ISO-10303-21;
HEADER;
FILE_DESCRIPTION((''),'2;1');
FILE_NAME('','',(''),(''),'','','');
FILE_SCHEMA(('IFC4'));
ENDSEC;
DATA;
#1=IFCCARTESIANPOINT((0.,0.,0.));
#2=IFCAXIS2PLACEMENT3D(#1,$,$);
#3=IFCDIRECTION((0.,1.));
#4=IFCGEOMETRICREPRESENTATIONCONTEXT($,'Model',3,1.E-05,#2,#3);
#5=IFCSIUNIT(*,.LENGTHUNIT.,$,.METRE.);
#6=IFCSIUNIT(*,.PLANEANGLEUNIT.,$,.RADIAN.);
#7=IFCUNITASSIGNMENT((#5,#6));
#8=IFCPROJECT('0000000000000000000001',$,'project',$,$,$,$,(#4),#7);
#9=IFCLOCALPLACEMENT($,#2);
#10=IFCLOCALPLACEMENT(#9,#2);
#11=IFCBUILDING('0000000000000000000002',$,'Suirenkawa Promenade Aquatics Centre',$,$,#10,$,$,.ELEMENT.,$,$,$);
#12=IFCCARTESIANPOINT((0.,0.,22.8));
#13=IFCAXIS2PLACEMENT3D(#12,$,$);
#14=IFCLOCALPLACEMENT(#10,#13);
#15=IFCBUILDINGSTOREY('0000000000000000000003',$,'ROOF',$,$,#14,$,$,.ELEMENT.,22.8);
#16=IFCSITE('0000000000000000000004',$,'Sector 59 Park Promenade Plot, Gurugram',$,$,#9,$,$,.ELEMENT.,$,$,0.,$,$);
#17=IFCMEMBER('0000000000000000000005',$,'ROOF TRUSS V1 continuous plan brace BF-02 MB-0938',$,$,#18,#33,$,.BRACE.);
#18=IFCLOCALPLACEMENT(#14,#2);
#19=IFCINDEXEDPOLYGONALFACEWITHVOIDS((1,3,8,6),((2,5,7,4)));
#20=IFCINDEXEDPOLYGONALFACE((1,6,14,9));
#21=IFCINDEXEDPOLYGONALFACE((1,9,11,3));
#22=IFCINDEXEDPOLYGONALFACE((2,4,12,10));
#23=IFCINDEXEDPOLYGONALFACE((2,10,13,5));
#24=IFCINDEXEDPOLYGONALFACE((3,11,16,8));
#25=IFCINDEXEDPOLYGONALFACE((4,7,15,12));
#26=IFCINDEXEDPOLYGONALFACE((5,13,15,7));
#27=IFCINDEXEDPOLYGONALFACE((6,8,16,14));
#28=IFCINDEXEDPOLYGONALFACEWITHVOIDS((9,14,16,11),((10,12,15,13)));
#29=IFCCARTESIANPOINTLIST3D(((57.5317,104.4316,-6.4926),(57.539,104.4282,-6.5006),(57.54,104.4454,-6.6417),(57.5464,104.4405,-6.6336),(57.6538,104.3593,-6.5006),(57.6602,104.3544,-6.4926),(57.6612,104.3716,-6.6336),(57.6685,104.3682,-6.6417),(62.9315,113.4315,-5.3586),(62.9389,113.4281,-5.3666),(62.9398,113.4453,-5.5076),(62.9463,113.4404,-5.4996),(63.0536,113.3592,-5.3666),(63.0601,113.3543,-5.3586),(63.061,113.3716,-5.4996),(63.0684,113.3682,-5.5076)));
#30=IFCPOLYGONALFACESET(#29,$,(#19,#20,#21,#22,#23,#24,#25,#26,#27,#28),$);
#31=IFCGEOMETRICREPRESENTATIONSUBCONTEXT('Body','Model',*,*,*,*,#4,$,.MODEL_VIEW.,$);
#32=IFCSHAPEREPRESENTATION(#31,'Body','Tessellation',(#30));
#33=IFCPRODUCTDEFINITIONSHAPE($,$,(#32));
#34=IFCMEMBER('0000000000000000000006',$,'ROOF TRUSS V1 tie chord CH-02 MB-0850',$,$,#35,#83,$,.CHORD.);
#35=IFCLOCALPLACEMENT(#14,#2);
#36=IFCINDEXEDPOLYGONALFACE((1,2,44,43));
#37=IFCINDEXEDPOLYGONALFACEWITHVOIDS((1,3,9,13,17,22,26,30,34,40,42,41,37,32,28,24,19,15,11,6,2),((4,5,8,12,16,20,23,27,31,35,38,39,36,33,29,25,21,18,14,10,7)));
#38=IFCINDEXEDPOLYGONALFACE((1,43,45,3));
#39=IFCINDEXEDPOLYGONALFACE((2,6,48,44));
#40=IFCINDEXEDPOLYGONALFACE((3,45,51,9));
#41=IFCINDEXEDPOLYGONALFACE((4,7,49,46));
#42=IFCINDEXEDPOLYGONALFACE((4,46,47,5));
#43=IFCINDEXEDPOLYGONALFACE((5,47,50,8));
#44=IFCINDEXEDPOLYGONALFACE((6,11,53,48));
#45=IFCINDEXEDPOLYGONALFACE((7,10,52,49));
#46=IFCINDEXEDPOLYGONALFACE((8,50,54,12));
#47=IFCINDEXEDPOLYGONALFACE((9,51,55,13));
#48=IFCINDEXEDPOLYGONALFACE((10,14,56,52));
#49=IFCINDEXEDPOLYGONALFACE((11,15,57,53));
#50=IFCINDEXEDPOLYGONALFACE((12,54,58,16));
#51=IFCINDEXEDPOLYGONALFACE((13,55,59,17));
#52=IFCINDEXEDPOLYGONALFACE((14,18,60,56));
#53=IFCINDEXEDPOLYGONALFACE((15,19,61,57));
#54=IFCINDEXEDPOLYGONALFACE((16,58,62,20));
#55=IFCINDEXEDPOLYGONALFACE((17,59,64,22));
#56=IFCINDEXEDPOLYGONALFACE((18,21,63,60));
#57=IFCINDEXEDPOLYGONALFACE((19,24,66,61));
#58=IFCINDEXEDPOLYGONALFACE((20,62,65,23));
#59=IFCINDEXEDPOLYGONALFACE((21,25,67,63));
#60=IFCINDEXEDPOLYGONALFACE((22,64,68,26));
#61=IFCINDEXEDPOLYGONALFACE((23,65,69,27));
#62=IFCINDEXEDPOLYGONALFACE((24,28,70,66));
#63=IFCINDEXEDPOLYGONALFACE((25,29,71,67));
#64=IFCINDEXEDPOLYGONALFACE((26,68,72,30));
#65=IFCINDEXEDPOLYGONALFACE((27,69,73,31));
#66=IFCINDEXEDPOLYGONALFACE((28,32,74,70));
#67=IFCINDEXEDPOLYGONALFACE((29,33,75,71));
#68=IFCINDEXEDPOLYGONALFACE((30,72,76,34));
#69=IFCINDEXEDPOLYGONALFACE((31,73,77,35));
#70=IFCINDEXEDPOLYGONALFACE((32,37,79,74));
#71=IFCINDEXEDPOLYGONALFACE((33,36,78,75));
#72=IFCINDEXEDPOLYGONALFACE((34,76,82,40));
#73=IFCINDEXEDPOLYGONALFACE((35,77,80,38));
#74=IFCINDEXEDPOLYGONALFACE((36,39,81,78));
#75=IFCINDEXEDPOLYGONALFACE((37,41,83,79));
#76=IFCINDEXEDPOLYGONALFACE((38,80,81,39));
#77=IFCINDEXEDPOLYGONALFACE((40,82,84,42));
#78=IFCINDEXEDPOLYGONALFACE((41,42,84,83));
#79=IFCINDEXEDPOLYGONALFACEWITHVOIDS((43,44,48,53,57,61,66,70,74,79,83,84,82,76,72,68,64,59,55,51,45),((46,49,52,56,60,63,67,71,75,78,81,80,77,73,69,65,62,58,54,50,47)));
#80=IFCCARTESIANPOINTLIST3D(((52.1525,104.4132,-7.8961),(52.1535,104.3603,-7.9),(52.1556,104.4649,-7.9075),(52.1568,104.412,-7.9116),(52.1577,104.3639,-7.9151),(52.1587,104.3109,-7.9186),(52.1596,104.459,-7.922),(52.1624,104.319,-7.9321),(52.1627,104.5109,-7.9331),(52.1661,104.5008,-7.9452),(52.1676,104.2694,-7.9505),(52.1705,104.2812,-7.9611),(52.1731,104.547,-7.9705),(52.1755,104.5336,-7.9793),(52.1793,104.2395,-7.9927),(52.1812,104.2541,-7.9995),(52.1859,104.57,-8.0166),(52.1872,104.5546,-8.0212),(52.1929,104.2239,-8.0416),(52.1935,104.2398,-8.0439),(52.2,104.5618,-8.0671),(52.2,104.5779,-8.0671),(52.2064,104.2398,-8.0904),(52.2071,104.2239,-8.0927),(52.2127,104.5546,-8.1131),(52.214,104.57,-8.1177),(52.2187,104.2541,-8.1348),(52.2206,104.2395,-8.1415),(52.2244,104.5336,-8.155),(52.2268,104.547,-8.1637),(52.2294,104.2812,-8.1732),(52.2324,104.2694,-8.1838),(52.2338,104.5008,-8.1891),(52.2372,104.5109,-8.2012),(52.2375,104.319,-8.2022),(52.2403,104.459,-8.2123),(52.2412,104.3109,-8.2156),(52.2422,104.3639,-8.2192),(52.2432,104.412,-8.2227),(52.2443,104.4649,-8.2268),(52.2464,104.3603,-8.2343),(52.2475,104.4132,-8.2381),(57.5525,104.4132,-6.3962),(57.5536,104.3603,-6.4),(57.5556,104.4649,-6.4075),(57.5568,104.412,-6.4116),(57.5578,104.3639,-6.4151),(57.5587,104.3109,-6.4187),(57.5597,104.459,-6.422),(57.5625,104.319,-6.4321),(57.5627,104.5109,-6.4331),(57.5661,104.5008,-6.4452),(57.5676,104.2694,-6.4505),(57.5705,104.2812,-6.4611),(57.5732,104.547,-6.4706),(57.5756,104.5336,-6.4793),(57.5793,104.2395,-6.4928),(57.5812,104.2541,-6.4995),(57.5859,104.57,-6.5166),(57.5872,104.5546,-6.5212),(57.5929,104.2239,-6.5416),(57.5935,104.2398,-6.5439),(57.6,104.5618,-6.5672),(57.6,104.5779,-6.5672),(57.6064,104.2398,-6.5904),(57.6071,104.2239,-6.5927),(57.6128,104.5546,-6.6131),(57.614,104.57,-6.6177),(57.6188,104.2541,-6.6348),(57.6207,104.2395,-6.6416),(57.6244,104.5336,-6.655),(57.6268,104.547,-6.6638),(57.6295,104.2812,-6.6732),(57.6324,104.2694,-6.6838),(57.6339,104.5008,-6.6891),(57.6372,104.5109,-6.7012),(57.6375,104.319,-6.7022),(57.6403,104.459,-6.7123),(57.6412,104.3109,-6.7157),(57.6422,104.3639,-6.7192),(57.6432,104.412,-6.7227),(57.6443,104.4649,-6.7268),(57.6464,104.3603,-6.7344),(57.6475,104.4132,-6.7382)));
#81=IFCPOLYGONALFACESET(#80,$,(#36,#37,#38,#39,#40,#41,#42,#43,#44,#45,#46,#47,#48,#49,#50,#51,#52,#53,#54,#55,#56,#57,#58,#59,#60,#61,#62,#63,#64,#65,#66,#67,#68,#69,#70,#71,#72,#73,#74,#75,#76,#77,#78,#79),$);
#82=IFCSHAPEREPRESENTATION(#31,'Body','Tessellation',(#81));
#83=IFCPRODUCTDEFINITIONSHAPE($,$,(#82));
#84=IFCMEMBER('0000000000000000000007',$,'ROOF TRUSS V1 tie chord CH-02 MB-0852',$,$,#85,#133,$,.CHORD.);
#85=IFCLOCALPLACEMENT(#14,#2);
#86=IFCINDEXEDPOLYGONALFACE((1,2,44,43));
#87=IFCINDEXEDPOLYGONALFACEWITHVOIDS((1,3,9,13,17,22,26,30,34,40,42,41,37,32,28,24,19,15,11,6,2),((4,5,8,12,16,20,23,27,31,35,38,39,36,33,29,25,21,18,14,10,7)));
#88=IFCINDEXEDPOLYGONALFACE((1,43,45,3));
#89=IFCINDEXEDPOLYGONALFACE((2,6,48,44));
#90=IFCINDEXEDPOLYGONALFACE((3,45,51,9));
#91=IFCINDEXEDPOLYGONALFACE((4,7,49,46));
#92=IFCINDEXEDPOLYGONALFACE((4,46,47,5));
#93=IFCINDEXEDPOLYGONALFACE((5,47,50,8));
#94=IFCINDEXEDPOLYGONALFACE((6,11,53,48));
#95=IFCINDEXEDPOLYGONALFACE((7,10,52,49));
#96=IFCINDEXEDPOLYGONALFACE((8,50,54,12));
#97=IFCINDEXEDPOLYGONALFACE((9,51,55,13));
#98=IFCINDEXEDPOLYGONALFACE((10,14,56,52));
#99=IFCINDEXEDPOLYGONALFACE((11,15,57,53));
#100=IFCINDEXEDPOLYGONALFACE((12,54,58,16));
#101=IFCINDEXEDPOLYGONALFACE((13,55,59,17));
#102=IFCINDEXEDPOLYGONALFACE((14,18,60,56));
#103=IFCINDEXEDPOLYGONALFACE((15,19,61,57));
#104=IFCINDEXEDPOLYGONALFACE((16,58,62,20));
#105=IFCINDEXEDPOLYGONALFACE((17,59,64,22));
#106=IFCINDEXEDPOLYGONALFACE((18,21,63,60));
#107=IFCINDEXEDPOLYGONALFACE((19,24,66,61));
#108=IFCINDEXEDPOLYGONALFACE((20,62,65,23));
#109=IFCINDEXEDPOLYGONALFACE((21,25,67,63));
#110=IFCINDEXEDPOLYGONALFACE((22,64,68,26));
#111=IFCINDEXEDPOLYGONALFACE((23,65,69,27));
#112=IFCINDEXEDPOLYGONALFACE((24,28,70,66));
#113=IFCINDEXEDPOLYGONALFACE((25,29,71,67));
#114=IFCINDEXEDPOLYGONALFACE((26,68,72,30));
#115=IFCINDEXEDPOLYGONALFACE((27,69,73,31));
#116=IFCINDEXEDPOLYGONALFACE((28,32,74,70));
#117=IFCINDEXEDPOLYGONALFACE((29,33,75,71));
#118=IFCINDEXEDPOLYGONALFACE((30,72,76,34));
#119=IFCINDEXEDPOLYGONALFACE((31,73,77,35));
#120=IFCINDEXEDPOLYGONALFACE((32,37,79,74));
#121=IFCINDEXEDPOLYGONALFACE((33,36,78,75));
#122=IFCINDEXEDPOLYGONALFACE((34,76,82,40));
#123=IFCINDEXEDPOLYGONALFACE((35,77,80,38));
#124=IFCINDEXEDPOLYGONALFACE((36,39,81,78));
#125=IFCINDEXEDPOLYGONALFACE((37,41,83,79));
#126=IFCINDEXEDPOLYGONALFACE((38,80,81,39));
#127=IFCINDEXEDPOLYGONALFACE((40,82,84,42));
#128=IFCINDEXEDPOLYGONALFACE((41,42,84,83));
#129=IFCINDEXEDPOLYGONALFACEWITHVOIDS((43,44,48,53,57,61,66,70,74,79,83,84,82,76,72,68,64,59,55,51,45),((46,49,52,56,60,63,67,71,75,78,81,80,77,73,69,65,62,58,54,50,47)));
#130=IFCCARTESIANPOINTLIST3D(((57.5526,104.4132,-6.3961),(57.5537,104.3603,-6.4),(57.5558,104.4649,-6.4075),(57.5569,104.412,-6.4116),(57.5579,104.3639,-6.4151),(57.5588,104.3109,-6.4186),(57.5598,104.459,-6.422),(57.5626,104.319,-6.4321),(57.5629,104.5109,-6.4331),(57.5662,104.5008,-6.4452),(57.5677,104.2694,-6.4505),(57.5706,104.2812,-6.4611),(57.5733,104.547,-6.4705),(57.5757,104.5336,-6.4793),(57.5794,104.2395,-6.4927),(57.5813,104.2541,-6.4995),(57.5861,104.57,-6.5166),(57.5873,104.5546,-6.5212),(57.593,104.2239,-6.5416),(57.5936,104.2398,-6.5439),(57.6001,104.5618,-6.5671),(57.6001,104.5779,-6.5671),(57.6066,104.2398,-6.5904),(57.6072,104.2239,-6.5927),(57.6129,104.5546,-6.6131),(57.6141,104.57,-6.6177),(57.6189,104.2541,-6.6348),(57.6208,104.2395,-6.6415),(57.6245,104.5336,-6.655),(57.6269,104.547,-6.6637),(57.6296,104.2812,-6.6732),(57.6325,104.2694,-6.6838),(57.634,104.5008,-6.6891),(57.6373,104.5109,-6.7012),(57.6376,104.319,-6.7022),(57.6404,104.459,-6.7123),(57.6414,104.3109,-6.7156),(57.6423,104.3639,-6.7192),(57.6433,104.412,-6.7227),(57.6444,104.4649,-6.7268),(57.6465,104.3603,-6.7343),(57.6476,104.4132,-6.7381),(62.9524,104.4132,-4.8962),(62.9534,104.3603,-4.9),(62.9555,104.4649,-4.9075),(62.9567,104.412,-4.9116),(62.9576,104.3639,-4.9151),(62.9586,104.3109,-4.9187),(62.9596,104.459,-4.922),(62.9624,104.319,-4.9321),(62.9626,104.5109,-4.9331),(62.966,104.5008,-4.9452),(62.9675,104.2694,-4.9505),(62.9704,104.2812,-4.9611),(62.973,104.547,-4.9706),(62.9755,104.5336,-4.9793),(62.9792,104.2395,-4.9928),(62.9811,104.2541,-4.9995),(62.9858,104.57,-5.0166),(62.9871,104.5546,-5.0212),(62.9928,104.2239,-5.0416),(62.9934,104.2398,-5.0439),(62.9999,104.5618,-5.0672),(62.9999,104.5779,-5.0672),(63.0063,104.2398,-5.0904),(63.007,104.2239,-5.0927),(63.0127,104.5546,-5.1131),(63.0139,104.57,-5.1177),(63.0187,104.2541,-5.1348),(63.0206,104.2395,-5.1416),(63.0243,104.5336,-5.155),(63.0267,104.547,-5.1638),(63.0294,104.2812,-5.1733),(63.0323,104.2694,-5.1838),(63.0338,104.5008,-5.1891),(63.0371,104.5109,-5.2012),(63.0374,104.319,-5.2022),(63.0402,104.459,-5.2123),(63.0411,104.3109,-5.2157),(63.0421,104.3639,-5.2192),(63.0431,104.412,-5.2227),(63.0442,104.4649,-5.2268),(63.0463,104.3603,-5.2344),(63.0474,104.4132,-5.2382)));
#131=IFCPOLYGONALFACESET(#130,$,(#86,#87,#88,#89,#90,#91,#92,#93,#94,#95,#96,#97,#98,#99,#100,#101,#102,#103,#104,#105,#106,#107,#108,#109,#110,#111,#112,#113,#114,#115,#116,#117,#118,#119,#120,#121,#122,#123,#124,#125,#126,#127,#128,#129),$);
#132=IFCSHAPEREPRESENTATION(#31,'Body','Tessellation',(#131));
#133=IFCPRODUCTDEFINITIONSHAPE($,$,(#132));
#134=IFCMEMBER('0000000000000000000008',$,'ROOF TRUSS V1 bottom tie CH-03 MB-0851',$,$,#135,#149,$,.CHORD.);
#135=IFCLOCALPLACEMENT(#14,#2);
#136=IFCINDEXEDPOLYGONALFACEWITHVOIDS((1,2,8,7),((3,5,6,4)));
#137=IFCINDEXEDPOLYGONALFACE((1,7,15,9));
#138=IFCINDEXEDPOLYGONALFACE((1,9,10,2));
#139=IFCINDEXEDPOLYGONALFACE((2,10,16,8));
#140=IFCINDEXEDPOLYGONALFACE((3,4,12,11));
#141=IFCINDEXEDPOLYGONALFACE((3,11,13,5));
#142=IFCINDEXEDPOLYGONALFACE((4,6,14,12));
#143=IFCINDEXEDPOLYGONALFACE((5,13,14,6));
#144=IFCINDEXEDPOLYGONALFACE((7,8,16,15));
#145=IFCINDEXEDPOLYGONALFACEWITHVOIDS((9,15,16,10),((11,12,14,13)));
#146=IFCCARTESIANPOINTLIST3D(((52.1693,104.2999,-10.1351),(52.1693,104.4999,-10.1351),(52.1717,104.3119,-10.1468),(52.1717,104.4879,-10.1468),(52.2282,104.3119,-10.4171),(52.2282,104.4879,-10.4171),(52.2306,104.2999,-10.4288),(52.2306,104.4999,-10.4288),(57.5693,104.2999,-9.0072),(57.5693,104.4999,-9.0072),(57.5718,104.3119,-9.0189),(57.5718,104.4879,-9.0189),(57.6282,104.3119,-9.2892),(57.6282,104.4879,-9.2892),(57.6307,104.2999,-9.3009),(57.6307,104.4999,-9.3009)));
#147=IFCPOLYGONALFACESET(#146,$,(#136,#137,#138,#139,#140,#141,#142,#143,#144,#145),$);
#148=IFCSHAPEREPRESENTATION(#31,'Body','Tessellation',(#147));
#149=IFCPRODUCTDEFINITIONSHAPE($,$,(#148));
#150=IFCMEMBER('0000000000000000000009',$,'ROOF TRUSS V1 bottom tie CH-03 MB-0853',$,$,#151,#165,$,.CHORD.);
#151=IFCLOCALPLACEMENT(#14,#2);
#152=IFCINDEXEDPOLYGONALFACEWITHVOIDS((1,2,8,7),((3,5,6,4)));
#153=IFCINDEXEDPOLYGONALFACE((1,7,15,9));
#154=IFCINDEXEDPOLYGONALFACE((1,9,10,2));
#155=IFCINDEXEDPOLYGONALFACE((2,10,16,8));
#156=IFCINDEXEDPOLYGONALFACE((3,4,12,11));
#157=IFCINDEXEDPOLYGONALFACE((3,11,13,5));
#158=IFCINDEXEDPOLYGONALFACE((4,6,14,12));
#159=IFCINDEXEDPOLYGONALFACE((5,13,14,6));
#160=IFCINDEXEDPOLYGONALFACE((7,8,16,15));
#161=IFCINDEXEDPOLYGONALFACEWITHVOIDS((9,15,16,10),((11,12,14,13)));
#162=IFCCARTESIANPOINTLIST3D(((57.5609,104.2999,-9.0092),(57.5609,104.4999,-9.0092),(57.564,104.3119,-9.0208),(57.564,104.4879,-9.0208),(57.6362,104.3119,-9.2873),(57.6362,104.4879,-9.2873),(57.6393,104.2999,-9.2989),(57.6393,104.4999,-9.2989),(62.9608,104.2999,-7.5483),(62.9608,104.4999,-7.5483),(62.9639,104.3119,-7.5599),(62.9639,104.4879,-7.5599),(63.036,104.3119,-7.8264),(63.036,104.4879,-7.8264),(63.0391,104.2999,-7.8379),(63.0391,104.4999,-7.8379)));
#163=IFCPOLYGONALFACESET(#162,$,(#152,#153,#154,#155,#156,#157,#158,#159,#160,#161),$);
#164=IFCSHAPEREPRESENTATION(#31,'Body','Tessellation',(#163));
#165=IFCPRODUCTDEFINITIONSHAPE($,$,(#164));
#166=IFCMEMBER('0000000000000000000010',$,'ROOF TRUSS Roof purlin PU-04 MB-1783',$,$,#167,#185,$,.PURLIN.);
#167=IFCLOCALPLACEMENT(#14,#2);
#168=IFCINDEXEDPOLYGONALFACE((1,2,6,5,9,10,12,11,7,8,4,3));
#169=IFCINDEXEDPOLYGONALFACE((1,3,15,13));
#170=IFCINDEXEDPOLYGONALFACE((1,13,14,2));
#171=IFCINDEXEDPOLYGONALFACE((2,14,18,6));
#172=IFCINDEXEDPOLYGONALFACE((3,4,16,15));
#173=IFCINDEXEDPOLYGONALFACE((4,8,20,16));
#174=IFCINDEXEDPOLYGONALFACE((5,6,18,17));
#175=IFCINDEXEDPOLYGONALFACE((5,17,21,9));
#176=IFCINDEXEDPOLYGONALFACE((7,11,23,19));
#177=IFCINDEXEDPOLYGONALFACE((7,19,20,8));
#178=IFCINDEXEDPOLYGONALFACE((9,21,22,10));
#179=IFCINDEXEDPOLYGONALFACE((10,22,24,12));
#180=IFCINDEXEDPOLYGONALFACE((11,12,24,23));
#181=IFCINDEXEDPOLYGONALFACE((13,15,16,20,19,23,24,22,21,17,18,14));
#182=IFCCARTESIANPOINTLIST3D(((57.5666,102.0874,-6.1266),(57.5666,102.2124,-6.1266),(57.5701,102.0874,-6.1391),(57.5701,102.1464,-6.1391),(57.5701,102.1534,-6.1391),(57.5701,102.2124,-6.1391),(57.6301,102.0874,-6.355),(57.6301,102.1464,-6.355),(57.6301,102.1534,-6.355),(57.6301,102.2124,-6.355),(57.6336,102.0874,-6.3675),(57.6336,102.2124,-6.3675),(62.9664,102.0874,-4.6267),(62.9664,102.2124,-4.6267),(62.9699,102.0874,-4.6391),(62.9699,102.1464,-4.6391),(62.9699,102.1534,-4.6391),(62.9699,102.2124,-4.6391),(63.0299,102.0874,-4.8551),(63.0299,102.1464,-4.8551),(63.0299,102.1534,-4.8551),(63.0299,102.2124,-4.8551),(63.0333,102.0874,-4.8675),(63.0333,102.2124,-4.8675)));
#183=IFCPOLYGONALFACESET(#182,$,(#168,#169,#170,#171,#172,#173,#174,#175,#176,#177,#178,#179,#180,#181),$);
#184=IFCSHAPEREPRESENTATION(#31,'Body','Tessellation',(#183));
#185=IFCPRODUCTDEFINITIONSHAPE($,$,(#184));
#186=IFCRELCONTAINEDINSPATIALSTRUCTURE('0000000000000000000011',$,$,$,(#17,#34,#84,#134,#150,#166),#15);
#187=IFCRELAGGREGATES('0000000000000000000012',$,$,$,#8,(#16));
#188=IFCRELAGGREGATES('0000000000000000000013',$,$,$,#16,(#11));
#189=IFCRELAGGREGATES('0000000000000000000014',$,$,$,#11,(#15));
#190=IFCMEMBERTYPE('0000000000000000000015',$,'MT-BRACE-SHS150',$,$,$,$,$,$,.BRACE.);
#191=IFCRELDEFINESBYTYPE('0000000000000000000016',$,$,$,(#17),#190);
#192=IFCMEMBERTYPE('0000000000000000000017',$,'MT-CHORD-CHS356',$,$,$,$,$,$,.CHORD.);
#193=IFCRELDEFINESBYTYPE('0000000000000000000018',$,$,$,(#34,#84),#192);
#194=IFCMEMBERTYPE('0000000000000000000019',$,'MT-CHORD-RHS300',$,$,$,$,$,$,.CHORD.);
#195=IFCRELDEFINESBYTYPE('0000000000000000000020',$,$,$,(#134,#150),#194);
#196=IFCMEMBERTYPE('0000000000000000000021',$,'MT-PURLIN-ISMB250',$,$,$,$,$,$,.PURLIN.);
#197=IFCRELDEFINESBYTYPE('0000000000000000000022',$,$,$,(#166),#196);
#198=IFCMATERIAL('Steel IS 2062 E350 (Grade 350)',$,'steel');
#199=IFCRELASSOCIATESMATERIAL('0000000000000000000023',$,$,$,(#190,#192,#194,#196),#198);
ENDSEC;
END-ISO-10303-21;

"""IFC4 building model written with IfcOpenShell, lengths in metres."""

from ifc_helpers import new_model, si_unit, direction, frame, origin, origin_2d, place, context, subcontext, project, spatial, hollow_rectangle, hollow_circle, i_section, extrude, material, material_profile, profile_set, type_object, element, save


model = new_model("IFC4")

# Units and contexts
model_context = context("Model", 3, precision=1e-05, world=origin(), true_north=direction((0.0, 1.0)))
body_context = subcontext(model_context, "Body", "Model", "MODEL_VIEW")
ifc_project = project(units=[si_unit("LENGTHUNIT", "METRE"), si_unit("PLANEANGLEUNIT", "RADIAN")], contexts=[model_context])

# Site, building, storey
site_placement = place(None, origin())
site = spatial("IfcSite", under=ifc_project, at=site_placement, Name="Sector 59 Park Promenade Plot, Gurugram", CompositionType="ELEMENT", RefElevation=0.0)
building_placement = place(site_placement, origin())
building = spatial("IfcBuilding", under=site, at=building_placement, Name="Suirenkawa Promenade Aquatics Centre", CompositionType="ELEMENT")
storey_placement = place(building_placement, frame((0.0, 0.0, 22.8)))
storey = spatial("IfcBuildingStorey", under=building, at=storey_placement, Name="ROOF", CompositionType="ELEMENT", Elevation=22.8)

# Shared definitions
ifc_material = material(Name="Steel IS 2062 E350 (Grade 350)", Category="steel")

# Members
ifc_material_profile_1 = material_profile(ifc_material, hollow_rectangle(XDim=0.1499, YDim=0.1499, WallThickness=0.0081, at=origin_2d()), Name="SHS 150x150x8", Category="steel")
ifc_profile_set_1 = profile_set([ifc_material_profile_1], Name="Steel IS 2062 E350 (Grade 350)")
member_type_1 = type_object("IfcMemberType", Name="MT-BRACE-SHS150", PredefinedType="BRACE", material=ifc_profile_set_1)
member_1_placement = place(storey_placement, frame((57.6001, 104.3999, -6.5671), z_axis=(0.511512, 0.852535, 0.107423), x_axis=(-0.857497, 0.514489, 0.0)))
element("IfcMember", 1, at=member_1_placement, inside=storey, type_object=member_type_1, Name="ROOF TRUSS V1 continuous plan brace BF-02 MB-0938", PredefinedType="BRACE", context=body_context, shape_type="SweptSolid", body=[
    extrude(hollow_rectangle(XDim=0.1499, YDim=0.1499, WallThickness=0.0081, at=origin_2d()), origin(), (0.0, 0.0, 1.0), 10.5566),
])
ifc_material_profile_2 = material_profile(ifc_material, hollow_circle(Radius=0.178, WallThickness=0.0161, at=origin_2d()), Name="CHS 356x16", Category="steel")
ifc_profile_set_2 = profile_set([ifc_material_profile_2], Name="Steel IS 2062 E350 (Grade 350)")
member_type_2 = type_object("IfcMemberType", Name="MT-CHORD-CHS356", PredefinedType="CHORD", material=ifc_profile_set_2)
member_2_placement = place(storey_placement, frame((52.2, 104.3999, -8.0671), z_axis=(0.96352, 0.0, 0.267637), x_axis=(0.0, 1.0, 0.0)))
element("IfcMember", 2, at=member_2_placement, inside=storey, type_object=member_type_2, Name="ROOF TRUSS V1 tie chord CH-02 MB-0850", PredefinedType="CHORD", context=body_context, shape_type="SweptSolid", body=[
    extrude(hollow_circle(Radius=0.178, WallThickness=0.0161, at=origin_2d()), origin(), (0.0, 0.0, 1.0), 5.6045),
])
member_3_placement = place(storey_placement, frame((57.6001, 104.3999, -6.5671), z_axis=(0.963517, 0.0, 0.267648), x_axis=(0.0, 1.0, 0.0)))
element("IfcMember", 3, at=member_3_placement, inside=storey, type_object=member_type_2, Name="ROOF TRUSS V1 tie chord CH-02 MB-0852", PredefinedType="CHORD", context=body_context, shape_type="SweptSolid", body=[
    extrude(hollow_circle(Radius=0.178, WallThickness=0.0161, at=origin_2d()), origin(), (0.0, 0.0, 1.0), 5.6042),
])
ifc_material_profile_3 = material_profile(ifc_material, hollow_rectangle(XDim=0.2, YDim=0.3, WallThickness=0.012, at=origin_2d()), Name="RHS 300x200x12", Category="steel")
ifc_profile_set_3 = profile_set([ifc_material_profile_3], Name="Steel IS 2062 E350 (Grade 350)")
member_type_3 = type_object("IfcMemberType", Name="MT-CHORD-RHS300", PredefinedType="CHORD", material=ifc_profile_set_3)
member_4_placement = place(storey_placement, frame((52.2, 104.3999, -10.282), z_axis=(0.978875, 0.0, 0.204458), x_axis=(0.0, 1.0, 0.0)))
element("IfcMember", 4, at=member_4_placement, inside=storey, type_object=member_type_3, Name="ROOF TRUSS V1 bottom tie CH-03 MB-0851", PredefinedType="CHORD", context=body_context, shape_type="SweptSolid", body=[
    extrude(hollow_rectangle(XDim=0.2, YDim=0.3, WallThickness=0.012, at=origin_2d()), origin(), (0.0, 0.0, 1.0), 5.5166),
])
member_5_placement = place(storey_placement, frame((57.6001, 104.3999, -9.1541), z_axis=(0.965296, 0.0, 0.26116), x_axis=(0.0, 1.0, 0.0)))
element("IfcMember", 5, at=member_5_placement, inside=storey, type_object=member_type_3, Name="ROOF TRUSS V1 bottom tie CH-03 MB-0853", PredefinedType="CHORD", context=body_context, shape_type="SweptSolid", body=[
    extrude(hollow_rectangle(XDim=0.2, YDim=0.3, WallThickness=0.012, at=origin_2d()), origin(), (0.0, 0.0, 1.0), 5.594),
])
ifc_material_profile_4 = material_profile(ifc_material, i_section(OverallWidth=0.125, OverallDepth=0.25, WebThickness=0.0071, FlangeThickness=0.0129, at=origin_2d()), Name="ISMB 250", Category="steel")
ifc_profile_set_4 = profile_set([ifc_material_profile_4], Name="Steel IS 2062 E350 (Grade 350)")
member_type_4 = type_object("IfcMemberType", Name="MT-PURLIN-ISMB250", PredefinedType="PURLIN", material=ifc_profile_set_4)
member_6_placement = place(storey_placement, frame((57.6001, 102.1499, -6.2471), z_axis=(0.963517, 0.0, 0.267648), x_axis=(0.0, 1.0, 0.0)))
element("IfcMember", 6, at=member_6_placement, inside=storey, type_object=member_type_4, Name="ROOF TRUSS Roof purlin PU-04 MB-1783", PredefinedType="PURLIN", context=body_context, shape_type="SweptSolid", body=[
    extrude(i_section(OverallWidth=0.125, OverallDepth=0.25, WebThickness=0.0071, FlangeThickness=0.0129, at=origin_2d()), origin(), (0.0, 0.0, 1.0), 5.6042),
])

save(model, "model.ifc")
